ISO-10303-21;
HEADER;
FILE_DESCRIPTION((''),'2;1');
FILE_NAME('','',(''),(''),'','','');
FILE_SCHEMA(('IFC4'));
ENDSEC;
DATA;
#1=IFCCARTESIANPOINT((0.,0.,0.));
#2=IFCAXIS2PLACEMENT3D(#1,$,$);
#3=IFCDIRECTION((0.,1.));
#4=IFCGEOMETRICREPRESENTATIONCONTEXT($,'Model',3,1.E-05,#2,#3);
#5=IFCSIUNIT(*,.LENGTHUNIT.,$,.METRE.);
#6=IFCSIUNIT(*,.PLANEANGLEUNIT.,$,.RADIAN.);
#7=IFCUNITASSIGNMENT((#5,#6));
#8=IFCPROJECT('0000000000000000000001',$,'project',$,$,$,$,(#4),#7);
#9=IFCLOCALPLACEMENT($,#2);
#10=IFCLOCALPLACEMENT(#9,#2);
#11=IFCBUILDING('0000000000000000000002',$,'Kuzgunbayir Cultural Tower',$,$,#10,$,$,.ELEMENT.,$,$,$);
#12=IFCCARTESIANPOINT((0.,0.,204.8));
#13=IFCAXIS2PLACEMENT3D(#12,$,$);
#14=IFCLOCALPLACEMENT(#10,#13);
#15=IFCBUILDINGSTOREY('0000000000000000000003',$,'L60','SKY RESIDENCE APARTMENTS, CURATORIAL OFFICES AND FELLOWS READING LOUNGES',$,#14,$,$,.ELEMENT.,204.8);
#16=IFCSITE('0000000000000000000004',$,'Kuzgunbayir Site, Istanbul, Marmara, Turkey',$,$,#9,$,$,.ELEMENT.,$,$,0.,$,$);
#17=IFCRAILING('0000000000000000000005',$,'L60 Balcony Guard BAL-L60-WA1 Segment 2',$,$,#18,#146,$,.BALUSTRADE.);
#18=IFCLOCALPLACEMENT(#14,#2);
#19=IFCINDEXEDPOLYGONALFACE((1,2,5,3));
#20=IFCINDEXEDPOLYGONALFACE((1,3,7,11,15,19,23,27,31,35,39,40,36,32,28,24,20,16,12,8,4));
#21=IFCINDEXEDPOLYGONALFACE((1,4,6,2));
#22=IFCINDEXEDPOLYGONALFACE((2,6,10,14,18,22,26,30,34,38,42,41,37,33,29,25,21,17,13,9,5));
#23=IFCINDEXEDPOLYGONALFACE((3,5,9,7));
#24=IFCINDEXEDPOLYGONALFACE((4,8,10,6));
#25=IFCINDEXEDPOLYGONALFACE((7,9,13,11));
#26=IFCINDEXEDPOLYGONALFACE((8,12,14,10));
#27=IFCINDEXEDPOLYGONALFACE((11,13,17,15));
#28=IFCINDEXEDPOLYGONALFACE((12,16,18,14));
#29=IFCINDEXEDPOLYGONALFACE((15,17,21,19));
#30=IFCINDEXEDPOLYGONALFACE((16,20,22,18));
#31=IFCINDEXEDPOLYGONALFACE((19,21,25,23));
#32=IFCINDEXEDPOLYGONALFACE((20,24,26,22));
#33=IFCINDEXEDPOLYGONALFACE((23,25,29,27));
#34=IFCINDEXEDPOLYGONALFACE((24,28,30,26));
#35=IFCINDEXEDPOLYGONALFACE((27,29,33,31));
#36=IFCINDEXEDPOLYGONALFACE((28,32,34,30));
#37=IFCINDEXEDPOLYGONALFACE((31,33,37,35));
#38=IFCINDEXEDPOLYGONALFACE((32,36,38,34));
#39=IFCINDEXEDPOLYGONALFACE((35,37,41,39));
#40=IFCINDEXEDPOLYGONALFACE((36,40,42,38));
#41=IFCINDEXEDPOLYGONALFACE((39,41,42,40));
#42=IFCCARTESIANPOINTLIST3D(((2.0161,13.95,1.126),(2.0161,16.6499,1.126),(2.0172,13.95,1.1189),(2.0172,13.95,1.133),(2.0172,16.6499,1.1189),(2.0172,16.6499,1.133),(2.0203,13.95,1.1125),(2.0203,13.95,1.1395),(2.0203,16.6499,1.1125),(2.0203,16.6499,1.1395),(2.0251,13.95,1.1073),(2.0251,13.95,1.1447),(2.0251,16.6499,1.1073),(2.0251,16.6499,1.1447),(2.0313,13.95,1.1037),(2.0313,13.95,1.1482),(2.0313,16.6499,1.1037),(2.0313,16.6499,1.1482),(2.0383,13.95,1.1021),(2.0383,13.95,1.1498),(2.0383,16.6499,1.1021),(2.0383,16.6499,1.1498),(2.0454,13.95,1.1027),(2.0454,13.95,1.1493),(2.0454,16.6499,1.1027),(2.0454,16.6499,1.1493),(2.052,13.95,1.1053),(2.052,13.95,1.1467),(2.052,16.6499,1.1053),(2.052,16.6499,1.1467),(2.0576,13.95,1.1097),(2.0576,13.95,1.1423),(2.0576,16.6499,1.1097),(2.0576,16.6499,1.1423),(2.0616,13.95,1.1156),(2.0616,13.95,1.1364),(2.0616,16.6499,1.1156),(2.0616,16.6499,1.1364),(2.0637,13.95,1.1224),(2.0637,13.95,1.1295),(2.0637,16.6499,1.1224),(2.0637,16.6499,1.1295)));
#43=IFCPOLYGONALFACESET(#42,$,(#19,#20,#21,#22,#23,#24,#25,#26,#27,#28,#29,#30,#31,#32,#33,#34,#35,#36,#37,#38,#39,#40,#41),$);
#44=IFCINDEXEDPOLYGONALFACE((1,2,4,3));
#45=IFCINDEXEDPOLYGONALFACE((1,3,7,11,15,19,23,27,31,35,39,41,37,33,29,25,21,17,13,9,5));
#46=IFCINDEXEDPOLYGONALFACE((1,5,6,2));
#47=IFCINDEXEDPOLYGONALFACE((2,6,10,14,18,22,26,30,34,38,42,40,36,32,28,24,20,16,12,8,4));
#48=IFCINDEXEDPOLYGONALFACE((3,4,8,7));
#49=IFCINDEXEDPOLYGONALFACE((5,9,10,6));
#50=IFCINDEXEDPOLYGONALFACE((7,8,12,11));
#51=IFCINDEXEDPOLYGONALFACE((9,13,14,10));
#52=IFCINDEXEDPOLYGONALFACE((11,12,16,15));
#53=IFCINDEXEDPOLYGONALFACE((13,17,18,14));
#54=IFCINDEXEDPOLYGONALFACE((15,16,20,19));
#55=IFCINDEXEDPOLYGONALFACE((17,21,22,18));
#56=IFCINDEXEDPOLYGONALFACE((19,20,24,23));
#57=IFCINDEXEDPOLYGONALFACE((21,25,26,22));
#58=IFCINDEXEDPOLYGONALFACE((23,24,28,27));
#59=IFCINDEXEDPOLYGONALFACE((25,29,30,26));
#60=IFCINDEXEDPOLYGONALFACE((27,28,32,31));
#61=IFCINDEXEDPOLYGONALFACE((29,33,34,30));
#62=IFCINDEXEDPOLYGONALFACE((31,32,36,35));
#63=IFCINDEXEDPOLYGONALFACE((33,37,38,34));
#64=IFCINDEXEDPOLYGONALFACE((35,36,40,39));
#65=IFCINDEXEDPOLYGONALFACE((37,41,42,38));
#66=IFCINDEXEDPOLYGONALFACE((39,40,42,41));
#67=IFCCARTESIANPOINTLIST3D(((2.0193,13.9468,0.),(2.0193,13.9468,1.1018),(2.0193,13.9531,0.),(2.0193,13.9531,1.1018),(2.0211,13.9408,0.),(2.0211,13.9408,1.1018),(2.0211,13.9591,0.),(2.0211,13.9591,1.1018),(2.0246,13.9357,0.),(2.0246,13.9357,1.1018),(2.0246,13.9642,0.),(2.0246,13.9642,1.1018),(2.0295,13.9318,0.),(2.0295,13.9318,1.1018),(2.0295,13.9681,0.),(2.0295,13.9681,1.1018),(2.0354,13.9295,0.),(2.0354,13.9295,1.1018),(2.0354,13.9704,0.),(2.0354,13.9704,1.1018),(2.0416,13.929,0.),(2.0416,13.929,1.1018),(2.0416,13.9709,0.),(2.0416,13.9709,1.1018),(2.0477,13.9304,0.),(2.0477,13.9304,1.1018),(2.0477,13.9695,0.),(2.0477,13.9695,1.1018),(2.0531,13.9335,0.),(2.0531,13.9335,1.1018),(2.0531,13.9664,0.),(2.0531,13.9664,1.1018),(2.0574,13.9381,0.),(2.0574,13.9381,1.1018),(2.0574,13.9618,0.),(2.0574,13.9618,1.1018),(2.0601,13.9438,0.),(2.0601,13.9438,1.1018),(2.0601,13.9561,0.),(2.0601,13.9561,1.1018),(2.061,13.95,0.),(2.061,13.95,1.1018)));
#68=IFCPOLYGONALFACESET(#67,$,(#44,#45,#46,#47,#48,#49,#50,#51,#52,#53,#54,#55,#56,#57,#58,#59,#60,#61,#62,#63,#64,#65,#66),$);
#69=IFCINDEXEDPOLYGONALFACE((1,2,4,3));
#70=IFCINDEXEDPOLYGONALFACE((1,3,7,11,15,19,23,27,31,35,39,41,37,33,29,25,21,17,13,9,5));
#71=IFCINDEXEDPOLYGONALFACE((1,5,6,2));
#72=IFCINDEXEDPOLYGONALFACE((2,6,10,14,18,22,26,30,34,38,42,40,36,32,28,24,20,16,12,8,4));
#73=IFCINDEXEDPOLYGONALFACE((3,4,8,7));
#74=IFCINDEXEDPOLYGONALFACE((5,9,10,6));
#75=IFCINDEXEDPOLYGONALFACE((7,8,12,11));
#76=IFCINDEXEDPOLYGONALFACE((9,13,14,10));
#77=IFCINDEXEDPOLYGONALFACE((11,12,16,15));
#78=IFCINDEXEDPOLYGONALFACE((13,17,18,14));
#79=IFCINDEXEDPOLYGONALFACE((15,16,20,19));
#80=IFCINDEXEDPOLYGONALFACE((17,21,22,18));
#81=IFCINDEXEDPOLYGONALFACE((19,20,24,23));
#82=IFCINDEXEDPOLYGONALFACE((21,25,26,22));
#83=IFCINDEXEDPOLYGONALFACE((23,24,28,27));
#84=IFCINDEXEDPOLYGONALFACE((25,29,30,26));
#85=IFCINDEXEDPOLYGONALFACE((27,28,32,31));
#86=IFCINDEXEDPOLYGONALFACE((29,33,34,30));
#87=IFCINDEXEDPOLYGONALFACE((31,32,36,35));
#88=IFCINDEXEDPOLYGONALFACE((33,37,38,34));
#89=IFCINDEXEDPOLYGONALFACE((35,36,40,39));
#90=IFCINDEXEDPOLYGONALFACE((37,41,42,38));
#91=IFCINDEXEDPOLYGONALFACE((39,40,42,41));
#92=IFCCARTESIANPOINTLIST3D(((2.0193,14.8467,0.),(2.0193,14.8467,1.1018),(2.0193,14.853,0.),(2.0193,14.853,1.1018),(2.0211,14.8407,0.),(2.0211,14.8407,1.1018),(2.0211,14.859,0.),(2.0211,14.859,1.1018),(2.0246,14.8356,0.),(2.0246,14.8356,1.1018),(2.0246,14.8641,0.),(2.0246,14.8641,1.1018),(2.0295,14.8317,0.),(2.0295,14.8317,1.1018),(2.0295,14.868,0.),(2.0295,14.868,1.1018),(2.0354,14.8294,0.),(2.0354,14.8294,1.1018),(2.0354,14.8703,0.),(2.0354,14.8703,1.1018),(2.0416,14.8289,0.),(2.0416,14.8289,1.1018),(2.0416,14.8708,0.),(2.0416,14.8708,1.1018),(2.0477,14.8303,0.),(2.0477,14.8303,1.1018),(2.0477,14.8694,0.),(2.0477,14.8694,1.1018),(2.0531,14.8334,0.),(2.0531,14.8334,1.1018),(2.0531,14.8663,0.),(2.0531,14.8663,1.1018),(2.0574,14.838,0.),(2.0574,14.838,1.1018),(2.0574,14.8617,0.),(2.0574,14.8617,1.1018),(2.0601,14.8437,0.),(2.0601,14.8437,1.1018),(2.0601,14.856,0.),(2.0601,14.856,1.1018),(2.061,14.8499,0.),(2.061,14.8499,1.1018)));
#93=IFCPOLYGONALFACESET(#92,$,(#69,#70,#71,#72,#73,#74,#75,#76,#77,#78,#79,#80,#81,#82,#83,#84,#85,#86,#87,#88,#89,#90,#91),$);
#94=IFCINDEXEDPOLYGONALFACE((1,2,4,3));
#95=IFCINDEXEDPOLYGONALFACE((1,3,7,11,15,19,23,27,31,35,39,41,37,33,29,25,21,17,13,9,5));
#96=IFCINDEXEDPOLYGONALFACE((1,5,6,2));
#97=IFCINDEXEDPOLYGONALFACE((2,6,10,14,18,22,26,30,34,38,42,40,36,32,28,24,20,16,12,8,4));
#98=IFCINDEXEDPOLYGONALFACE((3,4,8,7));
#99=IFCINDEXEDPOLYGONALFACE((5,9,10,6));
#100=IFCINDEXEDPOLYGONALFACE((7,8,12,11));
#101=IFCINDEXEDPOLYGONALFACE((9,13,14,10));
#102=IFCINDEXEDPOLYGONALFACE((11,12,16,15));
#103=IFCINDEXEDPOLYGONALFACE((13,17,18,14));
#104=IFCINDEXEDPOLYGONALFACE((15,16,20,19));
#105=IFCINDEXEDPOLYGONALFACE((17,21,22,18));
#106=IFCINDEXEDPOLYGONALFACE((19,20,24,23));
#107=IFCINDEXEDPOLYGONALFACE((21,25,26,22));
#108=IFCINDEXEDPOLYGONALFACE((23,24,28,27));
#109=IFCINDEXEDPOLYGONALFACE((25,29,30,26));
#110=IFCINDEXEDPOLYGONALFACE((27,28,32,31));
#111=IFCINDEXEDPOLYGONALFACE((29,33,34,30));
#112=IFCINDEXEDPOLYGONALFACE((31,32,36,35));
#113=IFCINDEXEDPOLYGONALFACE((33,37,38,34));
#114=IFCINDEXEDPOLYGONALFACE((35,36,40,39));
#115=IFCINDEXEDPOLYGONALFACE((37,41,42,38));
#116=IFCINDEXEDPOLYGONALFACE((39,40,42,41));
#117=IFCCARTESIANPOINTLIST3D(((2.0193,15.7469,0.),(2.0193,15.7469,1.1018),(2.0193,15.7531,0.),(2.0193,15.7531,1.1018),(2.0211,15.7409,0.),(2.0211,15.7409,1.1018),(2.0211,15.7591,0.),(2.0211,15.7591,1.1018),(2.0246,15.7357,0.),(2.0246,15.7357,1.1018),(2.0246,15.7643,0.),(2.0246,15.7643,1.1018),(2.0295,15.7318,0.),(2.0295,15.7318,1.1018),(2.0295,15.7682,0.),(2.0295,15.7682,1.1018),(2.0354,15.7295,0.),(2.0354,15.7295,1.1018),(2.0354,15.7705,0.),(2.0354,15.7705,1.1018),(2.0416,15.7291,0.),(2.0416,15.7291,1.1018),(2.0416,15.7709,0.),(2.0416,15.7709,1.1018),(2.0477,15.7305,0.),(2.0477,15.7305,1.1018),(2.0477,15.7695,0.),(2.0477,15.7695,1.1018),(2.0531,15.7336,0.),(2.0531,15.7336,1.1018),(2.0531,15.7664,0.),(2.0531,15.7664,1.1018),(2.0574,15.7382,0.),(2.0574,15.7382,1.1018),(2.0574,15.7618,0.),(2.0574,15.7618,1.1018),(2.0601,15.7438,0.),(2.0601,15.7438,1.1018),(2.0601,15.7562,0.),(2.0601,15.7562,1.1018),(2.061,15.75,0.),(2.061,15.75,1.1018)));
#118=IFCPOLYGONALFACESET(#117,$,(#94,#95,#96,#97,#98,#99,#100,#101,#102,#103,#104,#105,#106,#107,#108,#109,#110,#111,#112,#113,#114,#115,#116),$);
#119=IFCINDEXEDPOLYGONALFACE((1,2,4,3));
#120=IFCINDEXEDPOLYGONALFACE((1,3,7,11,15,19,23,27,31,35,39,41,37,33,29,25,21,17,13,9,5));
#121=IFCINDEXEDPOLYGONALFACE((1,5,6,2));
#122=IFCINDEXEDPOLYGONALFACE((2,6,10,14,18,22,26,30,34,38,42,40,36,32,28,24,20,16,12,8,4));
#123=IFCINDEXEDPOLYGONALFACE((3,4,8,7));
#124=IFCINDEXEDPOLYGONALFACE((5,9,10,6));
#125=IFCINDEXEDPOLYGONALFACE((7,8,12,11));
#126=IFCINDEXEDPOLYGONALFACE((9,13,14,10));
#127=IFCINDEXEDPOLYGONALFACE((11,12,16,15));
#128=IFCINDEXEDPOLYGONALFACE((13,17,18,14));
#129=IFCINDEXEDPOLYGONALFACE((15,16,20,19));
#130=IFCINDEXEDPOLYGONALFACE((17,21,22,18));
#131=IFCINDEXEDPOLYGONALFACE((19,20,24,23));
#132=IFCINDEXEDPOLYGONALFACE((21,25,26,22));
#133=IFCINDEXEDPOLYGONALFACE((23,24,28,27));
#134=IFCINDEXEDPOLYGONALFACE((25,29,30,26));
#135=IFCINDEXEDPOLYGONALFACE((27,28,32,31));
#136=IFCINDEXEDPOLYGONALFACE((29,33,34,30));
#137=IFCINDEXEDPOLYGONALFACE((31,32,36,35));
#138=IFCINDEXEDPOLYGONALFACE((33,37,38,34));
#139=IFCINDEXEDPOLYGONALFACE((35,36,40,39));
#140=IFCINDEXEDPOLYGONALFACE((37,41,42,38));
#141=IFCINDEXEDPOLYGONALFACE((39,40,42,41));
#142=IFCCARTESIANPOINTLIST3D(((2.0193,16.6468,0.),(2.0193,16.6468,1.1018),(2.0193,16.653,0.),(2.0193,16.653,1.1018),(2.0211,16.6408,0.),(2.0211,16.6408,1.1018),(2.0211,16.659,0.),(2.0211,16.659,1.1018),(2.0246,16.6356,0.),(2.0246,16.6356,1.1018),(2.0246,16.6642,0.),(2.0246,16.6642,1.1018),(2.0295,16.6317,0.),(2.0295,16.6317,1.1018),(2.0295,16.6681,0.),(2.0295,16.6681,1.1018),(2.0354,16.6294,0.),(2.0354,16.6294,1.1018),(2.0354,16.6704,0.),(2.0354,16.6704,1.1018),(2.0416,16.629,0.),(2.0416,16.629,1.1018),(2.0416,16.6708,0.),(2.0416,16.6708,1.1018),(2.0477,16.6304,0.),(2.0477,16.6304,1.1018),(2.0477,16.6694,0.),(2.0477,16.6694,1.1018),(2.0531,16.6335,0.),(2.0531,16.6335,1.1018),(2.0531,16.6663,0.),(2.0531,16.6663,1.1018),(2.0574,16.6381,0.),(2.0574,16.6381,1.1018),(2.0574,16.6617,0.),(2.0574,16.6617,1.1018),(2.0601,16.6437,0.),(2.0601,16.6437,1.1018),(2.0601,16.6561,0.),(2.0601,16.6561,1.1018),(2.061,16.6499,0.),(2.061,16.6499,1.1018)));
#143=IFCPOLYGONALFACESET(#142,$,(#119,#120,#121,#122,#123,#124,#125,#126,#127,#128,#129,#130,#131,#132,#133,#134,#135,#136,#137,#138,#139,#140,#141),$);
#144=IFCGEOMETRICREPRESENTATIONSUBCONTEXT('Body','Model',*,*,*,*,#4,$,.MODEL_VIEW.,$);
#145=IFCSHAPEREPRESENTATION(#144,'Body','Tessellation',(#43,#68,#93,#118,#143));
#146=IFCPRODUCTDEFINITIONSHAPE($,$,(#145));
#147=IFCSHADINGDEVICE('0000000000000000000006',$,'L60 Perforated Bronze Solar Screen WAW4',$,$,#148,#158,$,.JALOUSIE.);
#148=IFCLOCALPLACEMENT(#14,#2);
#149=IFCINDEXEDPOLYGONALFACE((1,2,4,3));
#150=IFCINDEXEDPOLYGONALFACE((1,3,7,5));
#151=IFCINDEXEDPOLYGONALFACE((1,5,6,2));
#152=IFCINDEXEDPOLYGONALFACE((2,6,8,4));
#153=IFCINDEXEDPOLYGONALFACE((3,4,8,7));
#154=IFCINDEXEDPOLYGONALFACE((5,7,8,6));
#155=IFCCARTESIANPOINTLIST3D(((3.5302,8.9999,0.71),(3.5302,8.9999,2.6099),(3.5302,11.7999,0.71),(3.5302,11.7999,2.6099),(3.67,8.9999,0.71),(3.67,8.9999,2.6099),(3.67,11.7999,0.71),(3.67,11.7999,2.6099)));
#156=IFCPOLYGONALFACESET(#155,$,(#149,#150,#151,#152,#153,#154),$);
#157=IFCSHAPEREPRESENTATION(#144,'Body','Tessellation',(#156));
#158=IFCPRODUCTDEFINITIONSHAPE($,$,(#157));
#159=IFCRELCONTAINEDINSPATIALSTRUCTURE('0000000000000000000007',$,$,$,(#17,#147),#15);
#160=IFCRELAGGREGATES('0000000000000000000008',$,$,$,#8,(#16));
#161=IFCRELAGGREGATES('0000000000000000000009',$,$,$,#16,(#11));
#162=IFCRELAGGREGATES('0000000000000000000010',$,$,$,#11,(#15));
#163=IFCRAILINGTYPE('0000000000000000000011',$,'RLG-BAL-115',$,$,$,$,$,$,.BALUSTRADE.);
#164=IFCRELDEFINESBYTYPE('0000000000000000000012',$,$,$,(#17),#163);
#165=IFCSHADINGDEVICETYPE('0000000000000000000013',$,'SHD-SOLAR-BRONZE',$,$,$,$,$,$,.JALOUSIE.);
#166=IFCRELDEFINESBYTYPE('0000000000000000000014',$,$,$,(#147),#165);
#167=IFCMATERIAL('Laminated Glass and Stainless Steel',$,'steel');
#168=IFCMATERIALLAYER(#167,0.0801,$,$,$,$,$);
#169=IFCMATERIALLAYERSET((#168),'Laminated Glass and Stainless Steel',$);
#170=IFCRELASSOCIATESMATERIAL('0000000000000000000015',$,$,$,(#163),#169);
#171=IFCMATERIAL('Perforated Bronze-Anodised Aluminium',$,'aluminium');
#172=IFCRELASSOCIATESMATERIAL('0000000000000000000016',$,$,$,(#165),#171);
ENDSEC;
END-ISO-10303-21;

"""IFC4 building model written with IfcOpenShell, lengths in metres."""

from ifc_helpers import new_model, si_unit, direction, frame, origin, origin_2d, place, context, subcontext, project, spatial, rectangle, circle, extrude, material, layer, layer_set, type_object, element, save


model = new_model("IFC4")

# Units and contexts
model_context = context("Model", 3, precision=1e-05, world=origin(), true_north=direction((0.0, 1.0)))
body_context = subcontext(model_context, "Body", "Model", "MODEL_VIEW")
ifc_project = project(units=[si_unit("LENGTHUNIT", "METRE"), si_unit("PLANEANGLEUNIT", "RADIAN")], contexts=[model_context])

# Site, building, storey
site_placement = place(None, origin())
site = spatial("IfcSite", under=ifc_project, at=site_placement, Name="Kuzgunbayir Site, Istanbul, Marmara, Turkey", CompositionType="ELEMENT", RefElevation=0.0)
building_placement = place(site_placement, origin())
building = spatial("IfcBuilding", under=site, at=building_placement, Name="Kuzgunbayir Cultural Tower", CompositionType="ELEMENT")
storey_placement = place(building_placement, frame((0.0, 0.0, 204.8)))
storey = spatial("IfcBuildingStorey", under=building, at=storey_placement, Name="L60", Description="SKY RESIDENCE APARTMENTS, CURATORIAL OFFICES AND FELLOWS READING LOUNGES", CompositionType="ELEMENT", Elevation=204.8)

# Railing
ifc_material_1 = material(Name="Laminated Glass and Stainless Steel", Category="steel")
ifc_layer_1 = layer(ifc_material_1, 0.0801)
ifc_layer_set_1 = layer_set([ifc_layer_1], Name="Laminated Glass and Stainless Steel")
railing_type = type_object("IfcRailingType", Name="RLG-BAL-115", PredefinedType="BALUSTRADE", material=ifc_layer_set_1)
railing_1_placement = place(storey_placement, frame((2.04, 13.95, 0.0)))
element("IfcRailing", 1, at=railing_1_placement, inside=storey, type_object=railing_type, Name="L60 Balcony Guard BAL-L60-WA1 Segment 2", PredefinedType="BALUSTRADE", context=body_context, shape_type="SweptSolid", body=[
    extrude(circle(Radius=0.0239, at=origin_2d()), frame((0.0, 0.0, 1.126), z_axis=(0.0, 1.0, 0.0), x_axis=(-1.0, 0.0, 0.0)), (0.0, 0.0, 1.0), 2.7),
    extrude(circle(Radius=0.021, at=origin_2d()), origin(), (0.0, 0.0, 1.0), 1.1018),
    extrude(circle(Radius=0.021, at=origin_2d()), frame((0.0, 0.8999, 0.0)), (0.0, 0.0, 1.0), 1.1018),
    extrude(circle(Radius=0.021, at=origin_2d()), frame((0.0, 1.8, 0.0)), (0.0, 0.0, 1.0), 1.1018),
    extrude(circle(Radius=0.021, at=origin_2d()), frame((0.0, 2.7, 0.0)), (0.0, 0.0, 1.0), 1.1018),
])

# Shading device
ifc_material_2 = material(Name="Perforated Bronze-Anodised Aluminium", Category="aluminium")
shading_device_type = type_object("IfcShadingDeviceType", Name="SHD-SOLAR-BRONZE", PredefinedType="JALOUSIE", material=ifc_material_2)
shading_device_placement = place(storey_placement, frame((3.6001, 10.3999, 0.71), z_axis=(0.0, 0.0, 1.0), x_axis=(1.0, 0.0, 0.0)))
element("IfcShadingDevice", 2, at=shading_device_placement, inside=storey, type_object=shading_device_type, Name="L60 Perforated Bronze Solar Screen WAW4", PredefinedType="JALOUSIE", context=body_context, shape_type="SweptSolid", body=[
    extrude(rectangle(XDim=0.1399, YDim=2.8, at=origin_2d()), origin(), (0.0, 0.0, 1.0), 1.8999),
])

save(model, "model.ifc")
